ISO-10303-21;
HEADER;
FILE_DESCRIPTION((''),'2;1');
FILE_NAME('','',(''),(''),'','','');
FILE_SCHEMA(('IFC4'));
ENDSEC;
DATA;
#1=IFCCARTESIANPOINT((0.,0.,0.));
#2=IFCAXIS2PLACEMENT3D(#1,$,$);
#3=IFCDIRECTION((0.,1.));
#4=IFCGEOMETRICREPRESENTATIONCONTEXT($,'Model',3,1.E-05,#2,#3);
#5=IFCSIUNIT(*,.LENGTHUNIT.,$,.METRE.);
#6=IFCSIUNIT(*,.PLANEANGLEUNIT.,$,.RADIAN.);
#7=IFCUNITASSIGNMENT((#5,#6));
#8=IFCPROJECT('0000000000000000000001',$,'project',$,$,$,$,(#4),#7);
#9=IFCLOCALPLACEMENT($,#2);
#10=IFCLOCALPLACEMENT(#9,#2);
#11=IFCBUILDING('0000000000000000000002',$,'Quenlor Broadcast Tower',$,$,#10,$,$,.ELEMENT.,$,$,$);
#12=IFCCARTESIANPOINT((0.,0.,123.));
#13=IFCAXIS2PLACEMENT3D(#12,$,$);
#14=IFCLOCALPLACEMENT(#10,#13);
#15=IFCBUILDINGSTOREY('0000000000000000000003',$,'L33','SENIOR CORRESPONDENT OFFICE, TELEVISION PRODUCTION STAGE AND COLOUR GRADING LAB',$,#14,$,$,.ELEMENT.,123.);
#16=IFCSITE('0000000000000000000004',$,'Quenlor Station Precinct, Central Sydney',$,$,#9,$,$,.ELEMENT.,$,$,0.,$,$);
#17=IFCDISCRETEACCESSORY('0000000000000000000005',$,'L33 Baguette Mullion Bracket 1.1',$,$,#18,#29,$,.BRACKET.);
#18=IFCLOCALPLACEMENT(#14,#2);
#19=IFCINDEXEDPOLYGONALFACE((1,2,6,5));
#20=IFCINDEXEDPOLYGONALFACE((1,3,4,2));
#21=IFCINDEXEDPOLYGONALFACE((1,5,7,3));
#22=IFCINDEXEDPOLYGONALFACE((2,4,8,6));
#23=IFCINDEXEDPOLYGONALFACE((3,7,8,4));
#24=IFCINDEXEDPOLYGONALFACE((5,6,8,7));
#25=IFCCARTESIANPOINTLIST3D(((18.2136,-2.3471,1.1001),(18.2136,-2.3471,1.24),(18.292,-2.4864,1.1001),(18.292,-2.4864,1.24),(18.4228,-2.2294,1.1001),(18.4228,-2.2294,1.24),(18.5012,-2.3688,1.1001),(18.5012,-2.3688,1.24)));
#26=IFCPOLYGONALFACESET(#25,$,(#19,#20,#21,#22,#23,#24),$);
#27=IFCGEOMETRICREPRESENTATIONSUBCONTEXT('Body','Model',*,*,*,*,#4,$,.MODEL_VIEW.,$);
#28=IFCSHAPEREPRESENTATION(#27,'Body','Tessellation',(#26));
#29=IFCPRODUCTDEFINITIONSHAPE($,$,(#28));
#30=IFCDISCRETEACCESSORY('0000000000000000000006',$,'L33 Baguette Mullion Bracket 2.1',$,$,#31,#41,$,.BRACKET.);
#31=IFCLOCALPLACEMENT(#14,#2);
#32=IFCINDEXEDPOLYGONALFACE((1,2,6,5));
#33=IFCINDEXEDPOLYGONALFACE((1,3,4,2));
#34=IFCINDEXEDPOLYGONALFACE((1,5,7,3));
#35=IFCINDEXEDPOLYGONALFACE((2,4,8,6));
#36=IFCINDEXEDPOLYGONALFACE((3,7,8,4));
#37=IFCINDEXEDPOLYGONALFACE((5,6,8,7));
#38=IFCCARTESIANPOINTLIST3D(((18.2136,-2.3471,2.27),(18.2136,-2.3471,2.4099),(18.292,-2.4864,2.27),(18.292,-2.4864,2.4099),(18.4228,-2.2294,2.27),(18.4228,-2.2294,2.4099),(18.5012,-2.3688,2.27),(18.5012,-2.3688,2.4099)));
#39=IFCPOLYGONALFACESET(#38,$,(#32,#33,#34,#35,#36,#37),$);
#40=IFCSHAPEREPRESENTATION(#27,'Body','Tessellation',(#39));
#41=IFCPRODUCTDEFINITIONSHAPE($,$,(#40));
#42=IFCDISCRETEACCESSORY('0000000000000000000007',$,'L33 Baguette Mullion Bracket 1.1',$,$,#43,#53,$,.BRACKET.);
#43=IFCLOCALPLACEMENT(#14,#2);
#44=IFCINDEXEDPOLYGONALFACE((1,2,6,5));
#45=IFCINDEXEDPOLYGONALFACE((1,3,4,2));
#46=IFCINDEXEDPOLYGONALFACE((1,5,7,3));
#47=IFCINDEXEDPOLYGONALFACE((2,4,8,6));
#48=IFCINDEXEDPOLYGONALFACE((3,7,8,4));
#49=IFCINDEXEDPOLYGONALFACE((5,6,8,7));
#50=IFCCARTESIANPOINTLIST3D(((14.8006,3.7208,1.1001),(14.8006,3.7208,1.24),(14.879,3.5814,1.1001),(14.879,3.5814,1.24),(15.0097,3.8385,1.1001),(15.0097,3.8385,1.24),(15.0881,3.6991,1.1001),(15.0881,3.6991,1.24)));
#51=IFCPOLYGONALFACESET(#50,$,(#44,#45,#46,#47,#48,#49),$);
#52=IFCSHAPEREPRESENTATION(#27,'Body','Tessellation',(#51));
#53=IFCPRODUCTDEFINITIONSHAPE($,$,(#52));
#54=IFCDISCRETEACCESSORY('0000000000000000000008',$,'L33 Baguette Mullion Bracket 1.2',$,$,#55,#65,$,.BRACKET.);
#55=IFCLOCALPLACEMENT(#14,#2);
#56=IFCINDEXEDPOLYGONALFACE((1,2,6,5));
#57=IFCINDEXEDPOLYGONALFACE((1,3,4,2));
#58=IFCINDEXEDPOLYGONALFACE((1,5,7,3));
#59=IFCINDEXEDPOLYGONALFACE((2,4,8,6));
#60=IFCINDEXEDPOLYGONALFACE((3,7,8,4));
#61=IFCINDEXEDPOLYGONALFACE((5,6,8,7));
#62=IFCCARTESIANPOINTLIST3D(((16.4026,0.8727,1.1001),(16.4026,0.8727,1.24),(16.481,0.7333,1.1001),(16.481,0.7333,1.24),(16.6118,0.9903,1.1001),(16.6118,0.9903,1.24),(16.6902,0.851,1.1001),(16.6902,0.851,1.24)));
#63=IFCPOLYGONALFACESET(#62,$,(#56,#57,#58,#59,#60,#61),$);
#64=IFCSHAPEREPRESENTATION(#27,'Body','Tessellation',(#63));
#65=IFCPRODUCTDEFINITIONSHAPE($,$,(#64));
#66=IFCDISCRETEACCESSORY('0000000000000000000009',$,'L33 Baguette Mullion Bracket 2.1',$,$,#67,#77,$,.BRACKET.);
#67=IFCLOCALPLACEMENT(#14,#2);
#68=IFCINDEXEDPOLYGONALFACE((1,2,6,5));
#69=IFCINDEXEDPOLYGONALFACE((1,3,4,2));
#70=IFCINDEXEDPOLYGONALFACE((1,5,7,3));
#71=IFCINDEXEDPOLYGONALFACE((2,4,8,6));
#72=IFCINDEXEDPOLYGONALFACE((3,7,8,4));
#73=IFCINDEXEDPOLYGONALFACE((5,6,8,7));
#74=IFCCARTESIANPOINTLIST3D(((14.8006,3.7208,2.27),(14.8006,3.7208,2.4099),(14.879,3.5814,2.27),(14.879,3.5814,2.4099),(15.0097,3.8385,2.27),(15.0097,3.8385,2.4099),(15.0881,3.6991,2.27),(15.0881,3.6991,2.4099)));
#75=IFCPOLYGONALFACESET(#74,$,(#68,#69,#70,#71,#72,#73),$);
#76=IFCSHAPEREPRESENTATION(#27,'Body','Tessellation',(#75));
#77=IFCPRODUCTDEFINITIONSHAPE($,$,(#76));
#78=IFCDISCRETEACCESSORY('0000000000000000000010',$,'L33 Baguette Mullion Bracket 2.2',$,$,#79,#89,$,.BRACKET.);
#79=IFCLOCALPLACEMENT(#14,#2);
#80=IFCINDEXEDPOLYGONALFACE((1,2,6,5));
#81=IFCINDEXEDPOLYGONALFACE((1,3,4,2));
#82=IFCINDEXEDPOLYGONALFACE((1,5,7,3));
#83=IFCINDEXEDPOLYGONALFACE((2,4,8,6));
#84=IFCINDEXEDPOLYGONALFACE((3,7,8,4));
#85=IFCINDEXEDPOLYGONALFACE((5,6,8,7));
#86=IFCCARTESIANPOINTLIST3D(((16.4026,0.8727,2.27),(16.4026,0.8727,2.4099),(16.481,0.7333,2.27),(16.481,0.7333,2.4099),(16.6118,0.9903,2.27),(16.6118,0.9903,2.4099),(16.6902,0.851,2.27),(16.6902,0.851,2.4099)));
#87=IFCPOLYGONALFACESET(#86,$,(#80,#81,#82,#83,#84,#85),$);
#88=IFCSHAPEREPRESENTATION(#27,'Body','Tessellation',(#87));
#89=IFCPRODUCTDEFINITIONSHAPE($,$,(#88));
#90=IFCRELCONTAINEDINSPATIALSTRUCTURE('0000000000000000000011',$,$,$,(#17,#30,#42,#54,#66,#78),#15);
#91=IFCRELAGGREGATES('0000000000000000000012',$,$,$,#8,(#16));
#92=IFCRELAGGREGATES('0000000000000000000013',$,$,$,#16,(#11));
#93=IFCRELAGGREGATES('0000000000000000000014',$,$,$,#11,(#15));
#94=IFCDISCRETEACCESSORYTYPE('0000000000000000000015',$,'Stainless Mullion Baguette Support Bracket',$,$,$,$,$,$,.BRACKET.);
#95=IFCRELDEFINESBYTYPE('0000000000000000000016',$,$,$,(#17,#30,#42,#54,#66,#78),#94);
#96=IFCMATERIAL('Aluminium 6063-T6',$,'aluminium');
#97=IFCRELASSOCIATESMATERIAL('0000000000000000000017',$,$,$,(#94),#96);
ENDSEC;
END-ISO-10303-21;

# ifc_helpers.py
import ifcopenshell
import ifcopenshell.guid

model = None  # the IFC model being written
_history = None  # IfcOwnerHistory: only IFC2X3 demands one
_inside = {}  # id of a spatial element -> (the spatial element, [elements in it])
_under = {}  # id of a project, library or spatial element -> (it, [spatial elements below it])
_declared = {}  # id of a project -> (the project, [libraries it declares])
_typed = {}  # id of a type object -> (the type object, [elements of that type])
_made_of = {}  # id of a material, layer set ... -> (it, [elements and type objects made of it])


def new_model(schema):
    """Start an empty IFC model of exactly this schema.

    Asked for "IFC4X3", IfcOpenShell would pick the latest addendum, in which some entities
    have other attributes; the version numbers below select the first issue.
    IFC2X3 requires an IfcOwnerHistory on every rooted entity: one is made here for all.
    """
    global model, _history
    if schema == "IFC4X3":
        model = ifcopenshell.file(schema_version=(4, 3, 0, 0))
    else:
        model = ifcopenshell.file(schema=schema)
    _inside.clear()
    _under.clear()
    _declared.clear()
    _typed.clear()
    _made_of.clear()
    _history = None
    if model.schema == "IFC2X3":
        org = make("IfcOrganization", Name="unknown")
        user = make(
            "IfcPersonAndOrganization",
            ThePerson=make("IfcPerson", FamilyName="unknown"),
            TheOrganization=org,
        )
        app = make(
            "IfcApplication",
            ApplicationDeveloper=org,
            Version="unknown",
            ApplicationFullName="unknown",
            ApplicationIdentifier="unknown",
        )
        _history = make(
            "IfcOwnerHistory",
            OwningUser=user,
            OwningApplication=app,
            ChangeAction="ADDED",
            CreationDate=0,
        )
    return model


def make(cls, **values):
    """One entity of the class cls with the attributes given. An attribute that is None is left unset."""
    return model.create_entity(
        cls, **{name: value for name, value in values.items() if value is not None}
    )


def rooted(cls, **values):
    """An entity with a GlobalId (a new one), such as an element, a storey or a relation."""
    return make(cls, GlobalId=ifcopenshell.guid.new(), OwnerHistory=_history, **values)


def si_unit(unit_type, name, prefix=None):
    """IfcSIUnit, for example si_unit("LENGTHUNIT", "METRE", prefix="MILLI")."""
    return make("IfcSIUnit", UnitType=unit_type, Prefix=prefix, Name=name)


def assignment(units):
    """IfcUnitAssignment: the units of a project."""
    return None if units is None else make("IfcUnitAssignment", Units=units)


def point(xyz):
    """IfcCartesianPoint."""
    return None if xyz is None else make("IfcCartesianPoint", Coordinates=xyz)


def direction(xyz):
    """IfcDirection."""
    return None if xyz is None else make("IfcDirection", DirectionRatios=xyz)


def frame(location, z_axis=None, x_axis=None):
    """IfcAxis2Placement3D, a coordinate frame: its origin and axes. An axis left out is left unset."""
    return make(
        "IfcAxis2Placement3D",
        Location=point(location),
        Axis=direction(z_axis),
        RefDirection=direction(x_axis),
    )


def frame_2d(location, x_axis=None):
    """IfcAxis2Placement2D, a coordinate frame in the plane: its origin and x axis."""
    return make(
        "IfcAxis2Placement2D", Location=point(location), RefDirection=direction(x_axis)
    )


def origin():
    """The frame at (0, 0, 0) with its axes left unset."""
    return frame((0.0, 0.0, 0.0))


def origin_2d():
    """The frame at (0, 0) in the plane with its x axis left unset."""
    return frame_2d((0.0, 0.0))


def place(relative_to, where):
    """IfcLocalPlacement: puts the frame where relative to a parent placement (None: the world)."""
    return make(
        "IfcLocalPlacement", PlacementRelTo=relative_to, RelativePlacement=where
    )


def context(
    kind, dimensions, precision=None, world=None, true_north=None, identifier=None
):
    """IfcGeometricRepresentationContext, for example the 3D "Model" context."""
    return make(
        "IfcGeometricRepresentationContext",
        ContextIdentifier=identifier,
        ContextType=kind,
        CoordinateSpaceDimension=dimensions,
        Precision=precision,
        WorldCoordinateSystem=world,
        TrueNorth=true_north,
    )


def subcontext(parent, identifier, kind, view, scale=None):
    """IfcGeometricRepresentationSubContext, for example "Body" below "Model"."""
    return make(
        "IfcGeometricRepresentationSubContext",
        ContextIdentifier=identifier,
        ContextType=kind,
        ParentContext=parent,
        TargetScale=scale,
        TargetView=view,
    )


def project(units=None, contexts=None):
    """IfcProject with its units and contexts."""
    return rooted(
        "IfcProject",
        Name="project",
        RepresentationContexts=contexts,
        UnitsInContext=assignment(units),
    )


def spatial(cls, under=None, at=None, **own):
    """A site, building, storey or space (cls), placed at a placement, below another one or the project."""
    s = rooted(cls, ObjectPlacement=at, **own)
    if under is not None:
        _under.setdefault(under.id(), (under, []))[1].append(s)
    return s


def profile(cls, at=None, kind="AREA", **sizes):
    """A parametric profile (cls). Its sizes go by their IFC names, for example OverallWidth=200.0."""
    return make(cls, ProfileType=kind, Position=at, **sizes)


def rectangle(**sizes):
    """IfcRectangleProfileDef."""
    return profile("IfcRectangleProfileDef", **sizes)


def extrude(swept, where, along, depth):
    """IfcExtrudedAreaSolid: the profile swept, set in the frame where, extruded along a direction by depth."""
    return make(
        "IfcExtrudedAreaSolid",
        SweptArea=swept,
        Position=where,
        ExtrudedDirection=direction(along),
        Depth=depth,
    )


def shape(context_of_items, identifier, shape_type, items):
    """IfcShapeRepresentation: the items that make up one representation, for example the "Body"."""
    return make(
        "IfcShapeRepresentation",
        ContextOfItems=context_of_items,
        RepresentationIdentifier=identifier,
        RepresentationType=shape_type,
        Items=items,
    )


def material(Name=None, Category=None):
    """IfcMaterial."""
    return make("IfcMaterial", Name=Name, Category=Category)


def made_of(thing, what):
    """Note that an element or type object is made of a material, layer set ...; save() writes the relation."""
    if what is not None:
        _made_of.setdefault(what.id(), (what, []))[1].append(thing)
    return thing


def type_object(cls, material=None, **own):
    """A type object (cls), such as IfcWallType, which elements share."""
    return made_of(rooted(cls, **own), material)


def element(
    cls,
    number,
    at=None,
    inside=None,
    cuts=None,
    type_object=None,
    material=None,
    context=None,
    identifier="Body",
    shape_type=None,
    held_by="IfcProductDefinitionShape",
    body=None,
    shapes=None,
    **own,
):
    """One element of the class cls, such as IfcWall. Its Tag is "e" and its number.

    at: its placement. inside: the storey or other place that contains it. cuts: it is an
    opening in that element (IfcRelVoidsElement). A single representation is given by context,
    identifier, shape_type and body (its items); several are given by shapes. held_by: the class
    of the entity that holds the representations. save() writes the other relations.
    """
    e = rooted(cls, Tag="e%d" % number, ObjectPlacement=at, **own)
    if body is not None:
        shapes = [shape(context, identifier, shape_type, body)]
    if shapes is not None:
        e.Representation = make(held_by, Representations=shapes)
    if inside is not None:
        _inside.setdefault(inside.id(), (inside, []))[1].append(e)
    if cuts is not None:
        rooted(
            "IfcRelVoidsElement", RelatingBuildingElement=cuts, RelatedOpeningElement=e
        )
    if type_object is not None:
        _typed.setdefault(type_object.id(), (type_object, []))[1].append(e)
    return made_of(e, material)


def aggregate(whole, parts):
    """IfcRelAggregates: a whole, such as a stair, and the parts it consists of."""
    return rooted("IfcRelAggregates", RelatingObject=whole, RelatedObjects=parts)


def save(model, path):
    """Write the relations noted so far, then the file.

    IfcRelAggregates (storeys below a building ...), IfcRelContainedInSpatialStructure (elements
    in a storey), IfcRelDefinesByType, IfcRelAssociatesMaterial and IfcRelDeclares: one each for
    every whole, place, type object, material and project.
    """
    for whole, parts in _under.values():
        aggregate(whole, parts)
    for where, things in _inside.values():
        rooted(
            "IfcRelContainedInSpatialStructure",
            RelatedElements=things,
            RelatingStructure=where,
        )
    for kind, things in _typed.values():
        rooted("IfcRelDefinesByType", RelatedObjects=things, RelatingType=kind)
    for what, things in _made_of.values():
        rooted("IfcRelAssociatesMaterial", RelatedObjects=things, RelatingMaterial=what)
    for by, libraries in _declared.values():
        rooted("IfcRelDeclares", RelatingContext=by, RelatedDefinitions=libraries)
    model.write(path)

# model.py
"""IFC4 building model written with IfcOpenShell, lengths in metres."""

from ifc_helpers import new_model, si_unit, direction, frame, origin, origin_2d, place, context, subcontext, project, spatial, rectangle, extrude, material, type_object, element, save


model = new_model("IFC4")

# Units and contexts
model_context = context("Model", 3, precision=1e-05, world=origin(), true_north=direction((0.0, 1.0)))
body_context = subcontext(model_context, "Body", "Model", "MODEL_VIEW")
ifc_project = project(units=[si_unit("LENGTHUNIT", "METRE"), si_unit("PLANEANGLEUNIT", "RADIAN")], contexts=[model_context])

# Site, building, storey
site_placement = place(None, origin())
site = spatial("IfcSite", under=ifc_project, at=site_placement, Name="Quenlor Station Precinct, Central Sydney", CompositionType="ELEMENT", RefElevation=0.0)
building_placement = place(site_placement, origin())
building = spatial("IfcBuilding", under=site, at=building_placement, Name="Quenlor Broadcast Tower", CompositionType="ELEMENT")
storey_placement = place(building_placement, frame((0.0, 0.0, 123.0)))
storey = spatial("IfcBuildingStorey", under=building, at=storey_placement, Name="L33", Description="SENIOR CORRESPONDENT OFFICE, TELEVISION PRODUCTION STAGE AND COLOUR GRADING LAB", CompositionType="ELEMENT", Elevation=123.0)

# Discrete accessories
ifc_material_1 = material(Name="Aluminium 6063-T6", Category="aluminium")
discrete_accessory_type = type_object("IfcDiscreteAccessoryType", Name="Stainless Mullion Baguette Support Bracket", PredefinedType="BRACKET", material=ifc_material_1)
for number, where, z_axis, x_axis, name in (
    (1, (18.3574, -2.3579, 1.1001), (0.0, 0.0, 1.0), (0.490277, -0.871567, 0.0), "L33 Baguette Mullion Bracket 1.1"),
    (2, (18.3574, -2.3579, 2.27), (0.0, 0.0, 1.0), (0.490277, -0.871567, 0.0), "L33 Baguette Mullion Bracket 2.1"),
    (3, (14.9443, 3.71, 1.1001), (0.0, 0.0, 1.0), (0.490262, -0.871575, 0.0), "L33 Baguette Mullion Bracket 1.1"),
    (4, (16.5464, 0.8618, 1.1001), (0.0, 0.0, 1.0), (0.490262, -0.871575, 0.0), "L33 Baguette Mullion Bracket 1.2"),
    (5, (14.9443, 3.71, 2.27), (0.0, 0.0, 1.0), (0.490262, -0.871575, 0.0), "L33 Baguette Mullion Bracket 2.1"),
    (6, (16.5464, 0.8618, 2.27), (0.0, 0.0, 1.0), (0.490262, -0.871575, 0.0), "L33 Baguette Mullion Bracket 2.2"),
):
    element("IfcDiscreteAccessory", number, at=place(storey_placement, frame(where, z_axis=z_axis, x_axis=x_axis)), inside=storey, type_object=discrete_accessory_type, Name=name, PredefinedType="BRACKET", context=body_context, shape_type="SweptSolid", body=[
        extrude(rectangle(XDim=0.1599, YDim=0.24, at=origin_2d()), origin(), (0.0, 0.0, 1.0), 0.1399),
    ])

save(model, "model.ifc")
